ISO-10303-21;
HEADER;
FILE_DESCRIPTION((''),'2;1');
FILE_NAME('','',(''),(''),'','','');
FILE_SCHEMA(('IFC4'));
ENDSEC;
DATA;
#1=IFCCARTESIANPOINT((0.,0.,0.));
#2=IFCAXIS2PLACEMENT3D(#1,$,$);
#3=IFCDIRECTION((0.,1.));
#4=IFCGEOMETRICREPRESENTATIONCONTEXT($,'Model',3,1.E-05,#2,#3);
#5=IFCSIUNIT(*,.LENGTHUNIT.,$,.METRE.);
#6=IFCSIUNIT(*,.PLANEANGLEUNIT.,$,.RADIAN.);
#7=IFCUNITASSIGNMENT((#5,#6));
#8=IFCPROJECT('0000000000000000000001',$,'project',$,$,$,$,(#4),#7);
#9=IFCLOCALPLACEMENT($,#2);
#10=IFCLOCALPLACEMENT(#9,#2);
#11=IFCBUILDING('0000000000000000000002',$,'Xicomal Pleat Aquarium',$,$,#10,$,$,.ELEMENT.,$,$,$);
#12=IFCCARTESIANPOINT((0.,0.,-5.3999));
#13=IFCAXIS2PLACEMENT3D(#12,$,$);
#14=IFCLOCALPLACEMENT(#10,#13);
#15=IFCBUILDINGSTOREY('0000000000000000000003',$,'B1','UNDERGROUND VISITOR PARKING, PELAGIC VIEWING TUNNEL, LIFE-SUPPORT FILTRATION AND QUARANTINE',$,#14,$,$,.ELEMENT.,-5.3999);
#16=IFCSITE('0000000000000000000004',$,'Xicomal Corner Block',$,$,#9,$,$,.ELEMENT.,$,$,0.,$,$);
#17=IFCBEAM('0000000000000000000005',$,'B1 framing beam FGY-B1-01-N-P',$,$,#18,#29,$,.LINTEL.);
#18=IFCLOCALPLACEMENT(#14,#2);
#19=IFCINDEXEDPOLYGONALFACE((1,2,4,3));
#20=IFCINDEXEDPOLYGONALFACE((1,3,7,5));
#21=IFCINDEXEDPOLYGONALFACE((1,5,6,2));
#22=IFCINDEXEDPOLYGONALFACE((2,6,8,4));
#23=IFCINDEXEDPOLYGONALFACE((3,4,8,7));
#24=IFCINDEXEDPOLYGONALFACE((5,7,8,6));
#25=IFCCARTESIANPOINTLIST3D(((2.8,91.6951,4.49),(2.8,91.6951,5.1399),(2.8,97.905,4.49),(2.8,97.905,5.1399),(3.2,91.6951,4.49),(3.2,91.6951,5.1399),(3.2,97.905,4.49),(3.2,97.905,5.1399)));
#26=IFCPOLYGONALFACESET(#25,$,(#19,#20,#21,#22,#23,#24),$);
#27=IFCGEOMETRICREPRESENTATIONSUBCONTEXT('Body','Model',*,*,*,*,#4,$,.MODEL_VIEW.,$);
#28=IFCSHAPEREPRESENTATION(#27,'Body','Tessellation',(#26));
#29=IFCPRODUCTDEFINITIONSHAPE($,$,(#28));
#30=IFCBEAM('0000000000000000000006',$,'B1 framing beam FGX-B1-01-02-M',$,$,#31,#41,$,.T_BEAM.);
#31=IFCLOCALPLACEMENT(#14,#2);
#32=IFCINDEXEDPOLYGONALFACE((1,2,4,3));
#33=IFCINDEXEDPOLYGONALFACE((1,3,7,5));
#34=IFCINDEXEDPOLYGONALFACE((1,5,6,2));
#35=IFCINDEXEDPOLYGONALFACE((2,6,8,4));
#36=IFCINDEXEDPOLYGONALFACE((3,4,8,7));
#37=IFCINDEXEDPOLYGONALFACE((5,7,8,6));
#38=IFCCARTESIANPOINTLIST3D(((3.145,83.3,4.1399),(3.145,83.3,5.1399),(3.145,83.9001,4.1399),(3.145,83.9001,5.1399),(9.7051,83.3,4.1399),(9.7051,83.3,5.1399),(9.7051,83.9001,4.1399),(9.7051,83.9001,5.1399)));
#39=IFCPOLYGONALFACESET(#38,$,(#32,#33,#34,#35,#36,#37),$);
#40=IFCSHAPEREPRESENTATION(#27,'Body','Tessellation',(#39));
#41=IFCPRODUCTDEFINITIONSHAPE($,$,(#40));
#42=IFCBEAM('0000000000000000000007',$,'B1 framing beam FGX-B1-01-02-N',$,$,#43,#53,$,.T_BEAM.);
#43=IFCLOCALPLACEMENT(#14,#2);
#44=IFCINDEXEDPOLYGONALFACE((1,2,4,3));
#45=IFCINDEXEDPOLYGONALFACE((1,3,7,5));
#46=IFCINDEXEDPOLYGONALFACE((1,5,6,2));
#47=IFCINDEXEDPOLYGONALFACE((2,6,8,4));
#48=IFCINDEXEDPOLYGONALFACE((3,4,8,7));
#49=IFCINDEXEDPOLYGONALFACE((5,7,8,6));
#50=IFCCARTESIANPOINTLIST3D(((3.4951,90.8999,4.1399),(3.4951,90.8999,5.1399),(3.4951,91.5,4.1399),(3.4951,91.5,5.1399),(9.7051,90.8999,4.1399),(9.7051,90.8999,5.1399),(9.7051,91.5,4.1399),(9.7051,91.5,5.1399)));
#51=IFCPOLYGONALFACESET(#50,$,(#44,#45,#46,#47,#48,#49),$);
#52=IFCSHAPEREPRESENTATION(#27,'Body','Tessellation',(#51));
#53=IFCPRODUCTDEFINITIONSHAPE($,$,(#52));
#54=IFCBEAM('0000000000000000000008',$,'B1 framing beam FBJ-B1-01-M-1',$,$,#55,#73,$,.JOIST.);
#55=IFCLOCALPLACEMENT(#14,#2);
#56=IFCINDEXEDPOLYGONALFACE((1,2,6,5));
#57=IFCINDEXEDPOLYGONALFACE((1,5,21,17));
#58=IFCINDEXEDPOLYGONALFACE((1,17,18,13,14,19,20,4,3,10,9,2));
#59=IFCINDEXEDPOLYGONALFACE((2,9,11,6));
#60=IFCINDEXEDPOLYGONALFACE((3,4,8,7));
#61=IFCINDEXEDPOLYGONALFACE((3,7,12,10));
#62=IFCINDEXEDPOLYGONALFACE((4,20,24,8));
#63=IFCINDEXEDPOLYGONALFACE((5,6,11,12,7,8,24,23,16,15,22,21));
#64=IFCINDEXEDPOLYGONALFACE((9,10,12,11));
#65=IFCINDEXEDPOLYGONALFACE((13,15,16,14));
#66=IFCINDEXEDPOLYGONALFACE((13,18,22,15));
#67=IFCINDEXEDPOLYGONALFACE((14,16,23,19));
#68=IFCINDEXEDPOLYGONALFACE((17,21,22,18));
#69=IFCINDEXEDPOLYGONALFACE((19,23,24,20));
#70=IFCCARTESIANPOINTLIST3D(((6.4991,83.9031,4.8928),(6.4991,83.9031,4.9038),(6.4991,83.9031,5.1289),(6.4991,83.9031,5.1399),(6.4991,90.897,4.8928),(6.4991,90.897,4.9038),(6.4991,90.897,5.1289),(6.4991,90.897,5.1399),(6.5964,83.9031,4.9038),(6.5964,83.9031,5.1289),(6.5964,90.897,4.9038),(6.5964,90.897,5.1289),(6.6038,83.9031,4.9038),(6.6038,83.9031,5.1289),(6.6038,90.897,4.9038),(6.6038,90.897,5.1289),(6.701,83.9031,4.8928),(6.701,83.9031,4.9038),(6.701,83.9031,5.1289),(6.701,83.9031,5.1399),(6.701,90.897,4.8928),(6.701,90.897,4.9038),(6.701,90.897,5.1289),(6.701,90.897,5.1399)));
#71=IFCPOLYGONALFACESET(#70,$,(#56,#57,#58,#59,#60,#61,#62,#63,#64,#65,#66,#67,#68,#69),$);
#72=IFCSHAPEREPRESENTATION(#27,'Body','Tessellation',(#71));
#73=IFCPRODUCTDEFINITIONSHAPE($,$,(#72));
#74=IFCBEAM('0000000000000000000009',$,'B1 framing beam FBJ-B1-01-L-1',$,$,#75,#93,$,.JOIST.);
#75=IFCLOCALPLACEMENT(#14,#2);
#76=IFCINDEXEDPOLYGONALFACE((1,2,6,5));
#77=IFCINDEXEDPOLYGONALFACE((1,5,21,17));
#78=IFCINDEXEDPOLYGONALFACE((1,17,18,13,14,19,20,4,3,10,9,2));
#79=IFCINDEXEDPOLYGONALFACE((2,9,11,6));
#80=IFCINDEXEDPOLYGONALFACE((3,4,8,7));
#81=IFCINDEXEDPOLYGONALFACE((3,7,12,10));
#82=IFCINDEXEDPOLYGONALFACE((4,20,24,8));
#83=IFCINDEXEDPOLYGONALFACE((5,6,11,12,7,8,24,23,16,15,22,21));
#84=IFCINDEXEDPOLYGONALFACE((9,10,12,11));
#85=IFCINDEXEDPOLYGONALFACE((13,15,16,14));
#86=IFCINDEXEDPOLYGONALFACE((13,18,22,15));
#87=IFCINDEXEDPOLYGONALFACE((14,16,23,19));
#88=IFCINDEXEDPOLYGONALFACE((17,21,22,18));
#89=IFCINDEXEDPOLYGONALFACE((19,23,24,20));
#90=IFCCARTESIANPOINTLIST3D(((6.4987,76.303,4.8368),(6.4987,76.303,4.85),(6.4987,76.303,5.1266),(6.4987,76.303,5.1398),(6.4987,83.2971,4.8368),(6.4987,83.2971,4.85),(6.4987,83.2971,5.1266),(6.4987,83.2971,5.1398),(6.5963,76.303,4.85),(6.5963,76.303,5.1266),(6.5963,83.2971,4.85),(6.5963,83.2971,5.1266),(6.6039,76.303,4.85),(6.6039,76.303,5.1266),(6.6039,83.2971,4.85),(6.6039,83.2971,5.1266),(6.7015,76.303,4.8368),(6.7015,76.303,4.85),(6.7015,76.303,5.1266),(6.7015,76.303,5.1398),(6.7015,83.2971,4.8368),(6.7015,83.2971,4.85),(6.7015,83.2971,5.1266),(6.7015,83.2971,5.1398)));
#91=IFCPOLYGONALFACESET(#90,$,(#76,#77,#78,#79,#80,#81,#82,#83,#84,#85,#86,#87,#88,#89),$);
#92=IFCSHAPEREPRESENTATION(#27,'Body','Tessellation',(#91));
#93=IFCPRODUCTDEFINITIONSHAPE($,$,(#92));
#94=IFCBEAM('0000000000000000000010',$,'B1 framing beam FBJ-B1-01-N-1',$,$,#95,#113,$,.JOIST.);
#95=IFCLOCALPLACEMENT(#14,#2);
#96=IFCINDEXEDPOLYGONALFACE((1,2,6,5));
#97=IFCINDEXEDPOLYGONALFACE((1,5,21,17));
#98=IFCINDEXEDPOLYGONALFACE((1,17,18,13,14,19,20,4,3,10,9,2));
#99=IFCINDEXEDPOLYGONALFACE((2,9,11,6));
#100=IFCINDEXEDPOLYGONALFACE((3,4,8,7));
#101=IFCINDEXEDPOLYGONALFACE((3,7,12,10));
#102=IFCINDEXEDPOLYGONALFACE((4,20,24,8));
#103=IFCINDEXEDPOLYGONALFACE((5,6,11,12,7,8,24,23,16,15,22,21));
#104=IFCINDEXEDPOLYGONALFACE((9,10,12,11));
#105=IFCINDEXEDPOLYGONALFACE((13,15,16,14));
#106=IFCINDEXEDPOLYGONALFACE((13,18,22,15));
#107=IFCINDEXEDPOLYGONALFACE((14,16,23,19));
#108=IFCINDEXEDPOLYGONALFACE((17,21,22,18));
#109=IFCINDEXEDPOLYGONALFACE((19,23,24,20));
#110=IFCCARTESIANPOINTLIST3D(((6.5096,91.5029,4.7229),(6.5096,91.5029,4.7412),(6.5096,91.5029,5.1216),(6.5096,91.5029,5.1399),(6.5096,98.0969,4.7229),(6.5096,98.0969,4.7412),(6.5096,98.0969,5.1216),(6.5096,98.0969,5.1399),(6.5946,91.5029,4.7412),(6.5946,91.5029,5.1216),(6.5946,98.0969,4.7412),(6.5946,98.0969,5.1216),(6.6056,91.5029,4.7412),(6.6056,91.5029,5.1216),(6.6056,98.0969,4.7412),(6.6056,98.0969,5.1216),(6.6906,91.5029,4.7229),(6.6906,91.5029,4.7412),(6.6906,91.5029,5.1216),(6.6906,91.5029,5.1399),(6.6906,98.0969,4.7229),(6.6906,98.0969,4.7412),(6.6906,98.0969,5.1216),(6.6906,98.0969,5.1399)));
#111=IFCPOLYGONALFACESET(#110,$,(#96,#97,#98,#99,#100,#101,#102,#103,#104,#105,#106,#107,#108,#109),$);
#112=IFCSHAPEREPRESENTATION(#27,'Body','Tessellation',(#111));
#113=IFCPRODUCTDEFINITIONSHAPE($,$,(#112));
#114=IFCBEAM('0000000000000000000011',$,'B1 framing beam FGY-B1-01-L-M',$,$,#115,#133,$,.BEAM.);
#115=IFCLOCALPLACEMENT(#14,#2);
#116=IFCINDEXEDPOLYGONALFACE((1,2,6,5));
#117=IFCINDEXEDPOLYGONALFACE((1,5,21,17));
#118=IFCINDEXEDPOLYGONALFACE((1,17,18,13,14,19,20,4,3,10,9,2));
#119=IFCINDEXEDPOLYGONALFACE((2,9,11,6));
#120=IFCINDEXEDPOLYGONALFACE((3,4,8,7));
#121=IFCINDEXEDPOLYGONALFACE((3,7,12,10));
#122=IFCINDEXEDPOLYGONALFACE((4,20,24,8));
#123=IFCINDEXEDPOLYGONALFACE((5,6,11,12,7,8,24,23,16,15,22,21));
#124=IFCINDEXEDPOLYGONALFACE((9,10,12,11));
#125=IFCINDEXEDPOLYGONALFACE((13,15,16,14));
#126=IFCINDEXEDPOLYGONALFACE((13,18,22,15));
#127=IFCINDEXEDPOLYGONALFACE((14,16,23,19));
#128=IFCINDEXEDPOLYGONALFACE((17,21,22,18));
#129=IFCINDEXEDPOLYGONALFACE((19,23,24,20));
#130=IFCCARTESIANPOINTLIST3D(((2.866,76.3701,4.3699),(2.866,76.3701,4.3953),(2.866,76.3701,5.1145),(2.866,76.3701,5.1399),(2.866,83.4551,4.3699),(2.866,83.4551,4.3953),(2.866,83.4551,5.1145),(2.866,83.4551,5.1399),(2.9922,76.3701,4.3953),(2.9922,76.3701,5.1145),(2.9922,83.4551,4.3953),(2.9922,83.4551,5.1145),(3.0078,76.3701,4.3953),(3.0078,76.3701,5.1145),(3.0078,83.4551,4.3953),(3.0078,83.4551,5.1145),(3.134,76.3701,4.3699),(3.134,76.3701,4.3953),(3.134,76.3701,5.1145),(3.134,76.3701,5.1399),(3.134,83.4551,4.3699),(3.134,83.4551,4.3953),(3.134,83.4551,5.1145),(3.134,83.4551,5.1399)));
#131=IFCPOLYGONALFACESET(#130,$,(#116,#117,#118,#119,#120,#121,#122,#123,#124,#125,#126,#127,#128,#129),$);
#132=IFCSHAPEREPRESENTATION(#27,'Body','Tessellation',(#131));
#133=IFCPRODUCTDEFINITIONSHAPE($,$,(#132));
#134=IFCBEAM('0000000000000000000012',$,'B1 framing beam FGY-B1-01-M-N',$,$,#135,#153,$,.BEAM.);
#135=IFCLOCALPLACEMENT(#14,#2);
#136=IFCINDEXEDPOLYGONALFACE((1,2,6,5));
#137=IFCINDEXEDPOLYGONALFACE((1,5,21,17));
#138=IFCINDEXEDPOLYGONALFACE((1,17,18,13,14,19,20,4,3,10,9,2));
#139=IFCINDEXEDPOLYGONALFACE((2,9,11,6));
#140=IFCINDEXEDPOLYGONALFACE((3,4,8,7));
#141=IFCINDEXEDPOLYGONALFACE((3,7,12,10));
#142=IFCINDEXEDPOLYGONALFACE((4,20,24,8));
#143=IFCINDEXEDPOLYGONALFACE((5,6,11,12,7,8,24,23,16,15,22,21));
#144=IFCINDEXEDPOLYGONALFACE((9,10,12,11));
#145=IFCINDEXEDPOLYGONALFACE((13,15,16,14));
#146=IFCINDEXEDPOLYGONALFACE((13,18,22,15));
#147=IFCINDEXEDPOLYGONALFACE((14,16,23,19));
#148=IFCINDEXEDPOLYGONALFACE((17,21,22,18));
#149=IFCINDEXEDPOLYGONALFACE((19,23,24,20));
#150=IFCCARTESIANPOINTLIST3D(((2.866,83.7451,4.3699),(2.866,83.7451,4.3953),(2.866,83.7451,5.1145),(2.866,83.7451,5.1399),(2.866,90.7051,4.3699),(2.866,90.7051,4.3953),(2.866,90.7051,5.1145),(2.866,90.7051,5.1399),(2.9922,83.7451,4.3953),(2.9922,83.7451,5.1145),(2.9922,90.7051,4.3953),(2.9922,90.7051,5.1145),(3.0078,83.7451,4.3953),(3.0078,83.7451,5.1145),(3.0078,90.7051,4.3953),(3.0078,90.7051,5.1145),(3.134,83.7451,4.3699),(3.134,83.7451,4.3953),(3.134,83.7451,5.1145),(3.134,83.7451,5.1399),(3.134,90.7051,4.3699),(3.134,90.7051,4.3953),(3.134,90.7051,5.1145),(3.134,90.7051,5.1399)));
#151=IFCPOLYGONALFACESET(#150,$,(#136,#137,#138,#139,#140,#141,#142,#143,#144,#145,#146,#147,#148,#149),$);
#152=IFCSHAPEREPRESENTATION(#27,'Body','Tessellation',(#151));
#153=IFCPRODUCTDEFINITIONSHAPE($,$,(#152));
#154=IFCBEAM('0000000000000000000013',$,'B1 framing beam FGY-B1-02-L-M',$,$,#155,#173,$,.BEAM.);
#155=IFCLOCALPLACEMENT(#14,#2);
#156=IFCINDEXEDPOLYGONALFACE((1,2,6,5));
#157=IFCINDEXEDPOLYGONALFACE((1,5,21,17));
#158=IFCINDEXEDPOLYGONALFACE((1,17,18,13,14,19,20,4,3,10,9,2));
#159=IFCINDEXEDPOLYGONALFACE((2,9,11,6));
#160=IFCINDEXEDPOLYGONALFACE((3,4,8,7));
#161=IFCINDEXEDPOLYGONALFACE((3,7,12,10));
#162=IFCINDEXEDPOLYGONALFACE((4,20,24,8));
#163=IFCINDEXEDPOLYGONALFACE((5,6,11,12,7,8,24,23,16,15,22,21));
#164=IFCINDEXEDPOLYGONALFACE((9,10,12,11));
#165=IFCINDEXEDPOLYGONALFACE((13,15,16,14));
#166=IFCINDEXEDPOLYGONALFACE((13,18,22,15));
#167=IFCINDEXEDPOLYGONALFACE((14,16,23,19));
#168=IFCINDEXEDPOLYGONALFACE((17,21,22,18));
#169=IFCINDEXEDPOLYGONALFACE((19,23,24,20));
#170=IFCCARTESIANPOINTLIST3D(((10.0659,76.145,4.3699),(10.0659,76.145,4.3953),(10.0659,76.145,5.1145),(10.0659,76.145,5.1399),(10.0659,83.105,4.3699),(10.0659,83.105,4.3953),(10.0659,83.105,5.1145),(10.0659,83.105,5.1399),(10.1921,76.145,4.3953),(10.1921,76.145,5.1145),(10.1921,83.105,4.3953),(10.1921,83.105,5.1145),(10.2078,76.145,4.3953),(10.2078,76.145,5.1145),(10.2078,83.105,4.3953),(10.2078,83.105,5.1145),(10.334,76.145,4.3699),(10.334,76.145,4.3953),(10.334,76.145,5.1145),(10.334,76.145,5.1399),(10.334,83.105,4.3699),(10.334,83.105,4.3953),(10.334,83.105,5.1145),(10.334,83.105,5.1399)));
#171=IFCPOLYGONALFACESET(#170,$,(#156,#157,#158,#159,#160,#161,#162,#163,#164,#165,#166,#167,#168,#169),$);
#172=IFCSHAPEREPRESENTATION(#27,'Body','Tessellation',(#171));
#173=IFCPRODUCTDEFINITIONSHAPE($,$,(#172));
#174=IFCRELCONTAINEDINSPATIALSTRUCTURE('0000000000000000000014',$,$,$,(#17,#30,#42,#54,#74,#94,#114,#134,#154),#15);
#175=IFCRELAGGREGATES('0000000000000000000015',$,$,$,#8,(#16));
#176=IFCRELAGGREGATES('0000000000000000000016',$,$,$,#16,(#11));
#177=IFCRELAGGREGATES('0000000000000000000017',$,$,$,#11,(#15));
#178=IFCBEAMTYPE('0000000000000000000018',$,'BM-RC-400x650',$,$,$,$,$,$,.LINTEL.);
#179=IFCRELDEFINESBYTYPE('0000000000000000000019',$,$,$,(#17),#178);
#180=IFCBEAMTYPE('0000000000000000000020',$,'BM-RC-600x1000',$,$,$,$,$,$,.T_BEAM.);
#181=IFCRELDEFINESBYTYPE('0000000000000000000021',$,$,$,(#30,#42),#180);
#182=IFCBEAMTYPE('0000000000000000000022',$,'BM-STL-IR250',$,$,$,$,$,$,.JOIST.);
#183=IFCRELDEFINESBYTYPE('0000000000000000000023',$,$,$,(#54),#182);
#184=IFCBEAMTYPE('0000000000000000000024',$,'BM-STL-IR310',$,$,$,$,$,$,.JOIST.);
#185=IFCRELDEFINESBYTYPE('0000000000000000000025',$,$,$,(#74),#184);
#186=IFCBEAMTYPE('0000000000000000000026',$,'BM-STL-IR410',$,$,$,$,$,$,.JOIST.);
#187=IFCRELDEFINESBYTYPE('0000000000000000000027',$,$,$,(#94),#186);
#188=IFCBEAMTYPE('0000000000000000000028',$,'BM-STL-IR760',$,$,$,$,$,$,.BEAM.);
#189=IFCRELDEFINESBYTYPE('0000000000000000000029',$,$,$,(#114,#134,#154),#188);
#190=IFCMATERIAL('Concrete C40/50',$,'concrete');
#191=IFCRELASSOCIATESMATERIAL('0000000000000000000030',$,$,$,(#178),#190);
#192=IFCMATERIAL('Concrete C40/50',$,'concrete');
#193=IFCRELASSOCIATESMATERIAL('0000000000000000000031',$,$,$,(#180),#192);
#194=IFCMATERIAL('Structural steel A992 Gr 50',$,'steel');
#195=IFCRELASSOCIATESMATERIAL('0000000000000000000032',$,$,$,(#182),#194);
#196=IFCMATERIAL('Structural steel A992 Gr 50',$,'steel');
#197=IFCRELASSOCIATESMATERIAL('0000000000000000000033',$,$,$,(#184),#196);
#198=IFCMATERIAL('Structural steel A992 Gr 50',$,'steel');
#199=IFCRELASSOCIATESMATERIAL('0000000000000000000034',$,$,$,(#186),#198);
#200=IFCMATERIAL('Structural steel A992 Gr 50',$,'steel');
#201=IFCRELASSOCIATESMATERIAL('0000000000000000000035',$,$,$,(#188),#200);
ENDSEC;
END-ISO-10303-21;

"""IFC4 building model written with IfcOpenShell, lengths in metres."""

from ifc_helpers import new_model, si_unit, direction, frame, origin, origin_2d, place, context, subcontext, project, spatial, rectangle, i_section, extrude, material, material_profile, profile_set, type_object, element, save


model = new_model("IFC4")

# Units and contexts
model_context = context("Model", 3, precision=1e-05, world=origin(), true_north=direction((0.0, 1.0)))
body_context = subcontext(model_context, "Body", "Model", "MODEL_VIEW")
ifc_project = project(units=[si_unit("LENGTHUNIT", "METRE"), si_unit("PLANEANGLEUNIT", "RADIAN")], contexts=[model_context])

# Site, building, storey
site_placement = place(None, origin())
site = spatial("IfcSite", under=ifc_project, at=site_placement, Name="Xicomal Corner Block", CompositionType="ELEMENT", RefElevation=0.0)
building_placement = place(site_placement, origin())
building = spatial("IfcBuilding", under=site, at=building_placement, Name="Xicomal Pleat Aquarium", CompositionType="ELEMENT")
storey_placement = place(building_placement, frame((0.0, 0.0, -5.3999)))
storey = spatial("IfcBuildingStorey", under=building, at=storey_placement, Name="B1", Description="UNDERGROUND VISITOR PARKING, PELAGIC VIEWING TUNNEL, LIFE-SUPPORT FILTRATION AND QUARANTINE", CompositionType="ELEMENT", Elevation=-5.3999)

# Beams
ifc_material_1 = material(Name="Concrete C40/50", Category="concrete")
ifc_material_profile_1 = material_profile(ifc_material_1, rectangle(XDim=0.3999, YDim=0.6499, at=origin_2d()), Name="RC 400x650")
ifc_profile_set_1 = profile_set([ifc_material_profile_1], Name="Concrete C40/50")
beam_type_1 = type_object("IfcBeamType", Name="BM-RC-400x650", PredefinedType="LINTEL", material=ifc_profile_set_1)
beam_1_placement = place(storey_placement, frame((3.0, 91.6951, 4.8149), z_axis=(0.0, 1.0, 0.0), x_axis=(-1.0, 0.0, 0.0)))
element("IfcBeam", 1, at=beam_1_placement, inside=storey, type_object=beam_type_1, Name="B1 framing beam FGY-B1-01-N-P", PredefinedType="LINTEL", context=body_context, shape_type="SweptSolid", body=[
    extrude(rectangle(XDim=0.3999, YDim=0.6499, at=origin_2d()), origin(), (0.0, 0.0, 1.0), 6.21),
])
ifc_material_2 = material(Name="Concrete C40/50", Category="concrete")
ifc_material_profile_2 = material_profile(ifc_material_2, rectangle(XDim=0.6001, YDim=1.0, at=origin_2d()), Name="RC 600x1000")
ifc_profile_set_2 = profile_set([ifc_material_profile_2], Name="Concrete C40/50")
beam_type_2 = type_object("IfcBeamType", Name="BM-RC-600x1000", PredefinedType="T_BEAM", material=ifc_profile_set_2)
beam_2_placement = place(storey_placement, frame((3.145, 83.6001, 4.6399), z_axis=(1.0, 0.0, 0.0), x_axis=(0.0, 1.0, 0.0)))
element("IfcBeam", 2, at=beam_2_placement, inside=storey, type_object=beam_type_2, Name="B1 framing beam FGX-B1-01-02-M", PredefinedType="T_BEAM", context=body_context, shape_type="SweptSolid", body=[
    extrude(rectangle(XDim=0.6001, YDim=1.0, at=origin_2d()), origin(), (0.0, 0.0, 1.0), 6.5601),
])
beam_3_placement = place(storey_placement, frame((3.4951, 91.2, 4.6399), z_axis=(1.0, 0.0, 0.0), x_axis=(0.0, 1.0, 0.0)))
element("IfcBeam", 3, at=beam_3_placement, inside=storey, type_object=beam_type_2, Name="B1 framing beam FGX-B1-01-02-N", PredefinedType="T_BEAM", context=body_context, shape_type="SweptSolid", body=[
    extrude(rectangle(XDim=0.6001, YDim=1.0, at=origin_2d()), origin(), (0.0, 0.0, 1.0), 6.21),
])
ifc_material_3 = material(Name="Structural steel A992 Gr 50", Category="steel")
ifc_material_profile_3 = material_profile(ifc_material_3, i_section(OverallWidth=0.2019, OverallDepth=0.2471, WebThickness=0.0073, FlangeThickness=0.011, at=origin_2d()), Name="IR 250x49")
ifc_profile_set_3 = profile_set([ifc_material_profile_3], Name="Structural steel A992 Gr 50")
beam_type_3 = type_object("IfcBeamType", Name="BM-STL-IR250", PredefinedType="JOIST", material=ifc_profile_set_3)
beam_4_placement = place(storey_placement, frame((6.6001, 83.9031, 5.0164), z_axis=(0.0, 1.0, 0.0), x_axis=(-1.0, 0.0, 0.0)))
element("IfcBeam", 4, at=beam_4_placement, inside=storey, type_object=beam_type_3, Name="B1 framing beam FBJ-B1-01-M-1", PredefinedType="JOIST", context=body_context, shape_type="SweptSolid", body=[
    extrude(i_section(OverallWidth=0.2019, OverallDepth=0.2471, WebThickness=0.0073, FlangeThickness=0.011, at=origin_2d()), origin(), (0.0, 0.0, 1.0), 6.9939),
])
ifc_material_4 = material(Name="Structural steel A992 Gr 50", Category="steel")
ifc_material_profile_4 = material_profile(ifc_material_4, i_section(OverallWidth=0.2029, OverallDepth=0.303, WebThickness=0.0076, FlangeThickness=0.0132, at=origin_2d()), Name="IR 310x60")
ifc_profile_set_4 = profile_set([ifc_material_profile_4], Name="Structural steel A992 Gr 50")
beam_type_4 = type_object("IfcBeamType", Name="BM-STL-IR310", PredefinedType="JOIST", material=ifc_profile_set_4)
beam_5_placement = place(storey_placement, frame((6.6001, 76.303, 4.9883), z_axis=(0.0, 1.0, 0.0), x_axis=(-1.0, 0.0, 0.0)))
element("IfcBeam", 5, at=beam_5_placement, inside=storey, type_object=beam_type_4, Name="B1 framing beam FBJ-B1-01-L-1", PredefinedType="JOIST", context=body_context, shape_type="SweptSolid", body=[
    extrude(i_section(OverallWidth=0.2029, OverallDepth=0.303, WebThickness=0.0076, FlangeThickness=0.0132, at=origin_2d()), origin(), (0.0, 0.0, 1.0), 6.9941),
])
ifc_material_5 = material(Name="Structural steel A992 Gr 50", Category="steel")
ifc_material_profile_5 = material_profile(ifc_material_5, i_section(OverallWidth=0.1809, OverallDepth=0.417, WebThickness=0.011, FlangeThickness=0.0183, at=origin_2d()), Name="IR 410x85")
ifc_profile_set_5 = profile_set([ifc_material_profile_5], Name="Structural steel A992 Gr 50")
beam_type_5 = type_object("IfcBeamType", Name="BM-STL-IR410", PredefinedType="JOIST", material=ifc_profile_set_5)
beam_6_placement = place(storey_placement, frame((6.6001, 91.5029, 4.9314), z_axis=(0.0, 1.0, 0.0), x_axis=(-1.0, 0.0, 0.0)))
element("IfcBeam", 6, at=beam_6_placement, inside=storey, type_object=beam_type_5, Name="B1 framing beam FBJ-B1-01-N-1", PredefinedType="JOIST", context=body_context, shape_type="SweptSolid", body=[
    extrude(i_section(OverallWidth=0.1809, OverallDepth=0.417, WebThickness=0.011, FlangeThickness=0.0183, at=origin_2d()), origin(), (0.0, 0.0, 1.0), 6.594),
])
ifc_material_6 = material(Name="Structural steel A992 Gr 50", Category="steel")
ifc_material_profile_6 = material_profile(ifc_material_6, i_section(OverallWidth=0.2681, OverallDepth=0.77, WebThickness=0.0156, FlangeThickness=0.0254, at=origin_2d()), Name="IR 760x196")
ifc_profile_set_6 = profile_set([ifc_material_profile_6], Name="Structural steel A992 Gr 50")
beam_type_6 = type_object("IfcBeamType", Name="BM-STL-IR760", PredefinedType="BEAM", material=ifc_profile_set_6)
beam_7_placement = place(storey_placement, frame((3.0, 76.3701, 4.7549), z_axis=(0.0, 1.0, 0.0), x_axis=(-1.0, 0.0, 0.0)))
element("IfcBeam", 7, at=beam_7_placement, inside=storey, type_object=beam_type_6, Name="B1 framing beam FGY-B1-01-L-M", PredefinedType="BEAM", context=body_context, shape_type="SweptSolid", body=[
    extrude(i_section(OverallWidth=0.2681, OverallDepth=0.77, WebThickness=0.0156, FlangeThickness=0.0254, at=origin_2d()), origin(), (0.0, 0.0, 1.0), 7.085),
])
for number, where, z_axis, x_axis, name in (
    (8, (3.0, 83.7451, 4.7549), (0.0, 1.0, 0.0), (-1.0, 0.0, 0.0), "B1 framing beam FGY-B1-01-M-N"),
    (9, (10.2, 76.145, 4.7549), (0.0, 1.0, 0.0), (-1.0, 0.0, 0.0), "B1 framing beam FGY-B1-02-L-M"),
):
    element("IfcBeam", number, at=place(storey_placement, frame(where, z_axis=z_axis, x_axis=x_axis)), inside=storey, type_object=beam_type_6, Name=name, PredefinedType="BEAM", context=body_context, shape_type="SweptSolid", body=[
        extrude(i_section(OverallWidth=0.2681, OverallDepth=0.77, WebThickness=0.0156, FlangeThickness=0.0254, at=origin_2d()), origin(), (0.0, 0.0, 1.0), 6.96),
    ])

save(model, "model.ifc")
